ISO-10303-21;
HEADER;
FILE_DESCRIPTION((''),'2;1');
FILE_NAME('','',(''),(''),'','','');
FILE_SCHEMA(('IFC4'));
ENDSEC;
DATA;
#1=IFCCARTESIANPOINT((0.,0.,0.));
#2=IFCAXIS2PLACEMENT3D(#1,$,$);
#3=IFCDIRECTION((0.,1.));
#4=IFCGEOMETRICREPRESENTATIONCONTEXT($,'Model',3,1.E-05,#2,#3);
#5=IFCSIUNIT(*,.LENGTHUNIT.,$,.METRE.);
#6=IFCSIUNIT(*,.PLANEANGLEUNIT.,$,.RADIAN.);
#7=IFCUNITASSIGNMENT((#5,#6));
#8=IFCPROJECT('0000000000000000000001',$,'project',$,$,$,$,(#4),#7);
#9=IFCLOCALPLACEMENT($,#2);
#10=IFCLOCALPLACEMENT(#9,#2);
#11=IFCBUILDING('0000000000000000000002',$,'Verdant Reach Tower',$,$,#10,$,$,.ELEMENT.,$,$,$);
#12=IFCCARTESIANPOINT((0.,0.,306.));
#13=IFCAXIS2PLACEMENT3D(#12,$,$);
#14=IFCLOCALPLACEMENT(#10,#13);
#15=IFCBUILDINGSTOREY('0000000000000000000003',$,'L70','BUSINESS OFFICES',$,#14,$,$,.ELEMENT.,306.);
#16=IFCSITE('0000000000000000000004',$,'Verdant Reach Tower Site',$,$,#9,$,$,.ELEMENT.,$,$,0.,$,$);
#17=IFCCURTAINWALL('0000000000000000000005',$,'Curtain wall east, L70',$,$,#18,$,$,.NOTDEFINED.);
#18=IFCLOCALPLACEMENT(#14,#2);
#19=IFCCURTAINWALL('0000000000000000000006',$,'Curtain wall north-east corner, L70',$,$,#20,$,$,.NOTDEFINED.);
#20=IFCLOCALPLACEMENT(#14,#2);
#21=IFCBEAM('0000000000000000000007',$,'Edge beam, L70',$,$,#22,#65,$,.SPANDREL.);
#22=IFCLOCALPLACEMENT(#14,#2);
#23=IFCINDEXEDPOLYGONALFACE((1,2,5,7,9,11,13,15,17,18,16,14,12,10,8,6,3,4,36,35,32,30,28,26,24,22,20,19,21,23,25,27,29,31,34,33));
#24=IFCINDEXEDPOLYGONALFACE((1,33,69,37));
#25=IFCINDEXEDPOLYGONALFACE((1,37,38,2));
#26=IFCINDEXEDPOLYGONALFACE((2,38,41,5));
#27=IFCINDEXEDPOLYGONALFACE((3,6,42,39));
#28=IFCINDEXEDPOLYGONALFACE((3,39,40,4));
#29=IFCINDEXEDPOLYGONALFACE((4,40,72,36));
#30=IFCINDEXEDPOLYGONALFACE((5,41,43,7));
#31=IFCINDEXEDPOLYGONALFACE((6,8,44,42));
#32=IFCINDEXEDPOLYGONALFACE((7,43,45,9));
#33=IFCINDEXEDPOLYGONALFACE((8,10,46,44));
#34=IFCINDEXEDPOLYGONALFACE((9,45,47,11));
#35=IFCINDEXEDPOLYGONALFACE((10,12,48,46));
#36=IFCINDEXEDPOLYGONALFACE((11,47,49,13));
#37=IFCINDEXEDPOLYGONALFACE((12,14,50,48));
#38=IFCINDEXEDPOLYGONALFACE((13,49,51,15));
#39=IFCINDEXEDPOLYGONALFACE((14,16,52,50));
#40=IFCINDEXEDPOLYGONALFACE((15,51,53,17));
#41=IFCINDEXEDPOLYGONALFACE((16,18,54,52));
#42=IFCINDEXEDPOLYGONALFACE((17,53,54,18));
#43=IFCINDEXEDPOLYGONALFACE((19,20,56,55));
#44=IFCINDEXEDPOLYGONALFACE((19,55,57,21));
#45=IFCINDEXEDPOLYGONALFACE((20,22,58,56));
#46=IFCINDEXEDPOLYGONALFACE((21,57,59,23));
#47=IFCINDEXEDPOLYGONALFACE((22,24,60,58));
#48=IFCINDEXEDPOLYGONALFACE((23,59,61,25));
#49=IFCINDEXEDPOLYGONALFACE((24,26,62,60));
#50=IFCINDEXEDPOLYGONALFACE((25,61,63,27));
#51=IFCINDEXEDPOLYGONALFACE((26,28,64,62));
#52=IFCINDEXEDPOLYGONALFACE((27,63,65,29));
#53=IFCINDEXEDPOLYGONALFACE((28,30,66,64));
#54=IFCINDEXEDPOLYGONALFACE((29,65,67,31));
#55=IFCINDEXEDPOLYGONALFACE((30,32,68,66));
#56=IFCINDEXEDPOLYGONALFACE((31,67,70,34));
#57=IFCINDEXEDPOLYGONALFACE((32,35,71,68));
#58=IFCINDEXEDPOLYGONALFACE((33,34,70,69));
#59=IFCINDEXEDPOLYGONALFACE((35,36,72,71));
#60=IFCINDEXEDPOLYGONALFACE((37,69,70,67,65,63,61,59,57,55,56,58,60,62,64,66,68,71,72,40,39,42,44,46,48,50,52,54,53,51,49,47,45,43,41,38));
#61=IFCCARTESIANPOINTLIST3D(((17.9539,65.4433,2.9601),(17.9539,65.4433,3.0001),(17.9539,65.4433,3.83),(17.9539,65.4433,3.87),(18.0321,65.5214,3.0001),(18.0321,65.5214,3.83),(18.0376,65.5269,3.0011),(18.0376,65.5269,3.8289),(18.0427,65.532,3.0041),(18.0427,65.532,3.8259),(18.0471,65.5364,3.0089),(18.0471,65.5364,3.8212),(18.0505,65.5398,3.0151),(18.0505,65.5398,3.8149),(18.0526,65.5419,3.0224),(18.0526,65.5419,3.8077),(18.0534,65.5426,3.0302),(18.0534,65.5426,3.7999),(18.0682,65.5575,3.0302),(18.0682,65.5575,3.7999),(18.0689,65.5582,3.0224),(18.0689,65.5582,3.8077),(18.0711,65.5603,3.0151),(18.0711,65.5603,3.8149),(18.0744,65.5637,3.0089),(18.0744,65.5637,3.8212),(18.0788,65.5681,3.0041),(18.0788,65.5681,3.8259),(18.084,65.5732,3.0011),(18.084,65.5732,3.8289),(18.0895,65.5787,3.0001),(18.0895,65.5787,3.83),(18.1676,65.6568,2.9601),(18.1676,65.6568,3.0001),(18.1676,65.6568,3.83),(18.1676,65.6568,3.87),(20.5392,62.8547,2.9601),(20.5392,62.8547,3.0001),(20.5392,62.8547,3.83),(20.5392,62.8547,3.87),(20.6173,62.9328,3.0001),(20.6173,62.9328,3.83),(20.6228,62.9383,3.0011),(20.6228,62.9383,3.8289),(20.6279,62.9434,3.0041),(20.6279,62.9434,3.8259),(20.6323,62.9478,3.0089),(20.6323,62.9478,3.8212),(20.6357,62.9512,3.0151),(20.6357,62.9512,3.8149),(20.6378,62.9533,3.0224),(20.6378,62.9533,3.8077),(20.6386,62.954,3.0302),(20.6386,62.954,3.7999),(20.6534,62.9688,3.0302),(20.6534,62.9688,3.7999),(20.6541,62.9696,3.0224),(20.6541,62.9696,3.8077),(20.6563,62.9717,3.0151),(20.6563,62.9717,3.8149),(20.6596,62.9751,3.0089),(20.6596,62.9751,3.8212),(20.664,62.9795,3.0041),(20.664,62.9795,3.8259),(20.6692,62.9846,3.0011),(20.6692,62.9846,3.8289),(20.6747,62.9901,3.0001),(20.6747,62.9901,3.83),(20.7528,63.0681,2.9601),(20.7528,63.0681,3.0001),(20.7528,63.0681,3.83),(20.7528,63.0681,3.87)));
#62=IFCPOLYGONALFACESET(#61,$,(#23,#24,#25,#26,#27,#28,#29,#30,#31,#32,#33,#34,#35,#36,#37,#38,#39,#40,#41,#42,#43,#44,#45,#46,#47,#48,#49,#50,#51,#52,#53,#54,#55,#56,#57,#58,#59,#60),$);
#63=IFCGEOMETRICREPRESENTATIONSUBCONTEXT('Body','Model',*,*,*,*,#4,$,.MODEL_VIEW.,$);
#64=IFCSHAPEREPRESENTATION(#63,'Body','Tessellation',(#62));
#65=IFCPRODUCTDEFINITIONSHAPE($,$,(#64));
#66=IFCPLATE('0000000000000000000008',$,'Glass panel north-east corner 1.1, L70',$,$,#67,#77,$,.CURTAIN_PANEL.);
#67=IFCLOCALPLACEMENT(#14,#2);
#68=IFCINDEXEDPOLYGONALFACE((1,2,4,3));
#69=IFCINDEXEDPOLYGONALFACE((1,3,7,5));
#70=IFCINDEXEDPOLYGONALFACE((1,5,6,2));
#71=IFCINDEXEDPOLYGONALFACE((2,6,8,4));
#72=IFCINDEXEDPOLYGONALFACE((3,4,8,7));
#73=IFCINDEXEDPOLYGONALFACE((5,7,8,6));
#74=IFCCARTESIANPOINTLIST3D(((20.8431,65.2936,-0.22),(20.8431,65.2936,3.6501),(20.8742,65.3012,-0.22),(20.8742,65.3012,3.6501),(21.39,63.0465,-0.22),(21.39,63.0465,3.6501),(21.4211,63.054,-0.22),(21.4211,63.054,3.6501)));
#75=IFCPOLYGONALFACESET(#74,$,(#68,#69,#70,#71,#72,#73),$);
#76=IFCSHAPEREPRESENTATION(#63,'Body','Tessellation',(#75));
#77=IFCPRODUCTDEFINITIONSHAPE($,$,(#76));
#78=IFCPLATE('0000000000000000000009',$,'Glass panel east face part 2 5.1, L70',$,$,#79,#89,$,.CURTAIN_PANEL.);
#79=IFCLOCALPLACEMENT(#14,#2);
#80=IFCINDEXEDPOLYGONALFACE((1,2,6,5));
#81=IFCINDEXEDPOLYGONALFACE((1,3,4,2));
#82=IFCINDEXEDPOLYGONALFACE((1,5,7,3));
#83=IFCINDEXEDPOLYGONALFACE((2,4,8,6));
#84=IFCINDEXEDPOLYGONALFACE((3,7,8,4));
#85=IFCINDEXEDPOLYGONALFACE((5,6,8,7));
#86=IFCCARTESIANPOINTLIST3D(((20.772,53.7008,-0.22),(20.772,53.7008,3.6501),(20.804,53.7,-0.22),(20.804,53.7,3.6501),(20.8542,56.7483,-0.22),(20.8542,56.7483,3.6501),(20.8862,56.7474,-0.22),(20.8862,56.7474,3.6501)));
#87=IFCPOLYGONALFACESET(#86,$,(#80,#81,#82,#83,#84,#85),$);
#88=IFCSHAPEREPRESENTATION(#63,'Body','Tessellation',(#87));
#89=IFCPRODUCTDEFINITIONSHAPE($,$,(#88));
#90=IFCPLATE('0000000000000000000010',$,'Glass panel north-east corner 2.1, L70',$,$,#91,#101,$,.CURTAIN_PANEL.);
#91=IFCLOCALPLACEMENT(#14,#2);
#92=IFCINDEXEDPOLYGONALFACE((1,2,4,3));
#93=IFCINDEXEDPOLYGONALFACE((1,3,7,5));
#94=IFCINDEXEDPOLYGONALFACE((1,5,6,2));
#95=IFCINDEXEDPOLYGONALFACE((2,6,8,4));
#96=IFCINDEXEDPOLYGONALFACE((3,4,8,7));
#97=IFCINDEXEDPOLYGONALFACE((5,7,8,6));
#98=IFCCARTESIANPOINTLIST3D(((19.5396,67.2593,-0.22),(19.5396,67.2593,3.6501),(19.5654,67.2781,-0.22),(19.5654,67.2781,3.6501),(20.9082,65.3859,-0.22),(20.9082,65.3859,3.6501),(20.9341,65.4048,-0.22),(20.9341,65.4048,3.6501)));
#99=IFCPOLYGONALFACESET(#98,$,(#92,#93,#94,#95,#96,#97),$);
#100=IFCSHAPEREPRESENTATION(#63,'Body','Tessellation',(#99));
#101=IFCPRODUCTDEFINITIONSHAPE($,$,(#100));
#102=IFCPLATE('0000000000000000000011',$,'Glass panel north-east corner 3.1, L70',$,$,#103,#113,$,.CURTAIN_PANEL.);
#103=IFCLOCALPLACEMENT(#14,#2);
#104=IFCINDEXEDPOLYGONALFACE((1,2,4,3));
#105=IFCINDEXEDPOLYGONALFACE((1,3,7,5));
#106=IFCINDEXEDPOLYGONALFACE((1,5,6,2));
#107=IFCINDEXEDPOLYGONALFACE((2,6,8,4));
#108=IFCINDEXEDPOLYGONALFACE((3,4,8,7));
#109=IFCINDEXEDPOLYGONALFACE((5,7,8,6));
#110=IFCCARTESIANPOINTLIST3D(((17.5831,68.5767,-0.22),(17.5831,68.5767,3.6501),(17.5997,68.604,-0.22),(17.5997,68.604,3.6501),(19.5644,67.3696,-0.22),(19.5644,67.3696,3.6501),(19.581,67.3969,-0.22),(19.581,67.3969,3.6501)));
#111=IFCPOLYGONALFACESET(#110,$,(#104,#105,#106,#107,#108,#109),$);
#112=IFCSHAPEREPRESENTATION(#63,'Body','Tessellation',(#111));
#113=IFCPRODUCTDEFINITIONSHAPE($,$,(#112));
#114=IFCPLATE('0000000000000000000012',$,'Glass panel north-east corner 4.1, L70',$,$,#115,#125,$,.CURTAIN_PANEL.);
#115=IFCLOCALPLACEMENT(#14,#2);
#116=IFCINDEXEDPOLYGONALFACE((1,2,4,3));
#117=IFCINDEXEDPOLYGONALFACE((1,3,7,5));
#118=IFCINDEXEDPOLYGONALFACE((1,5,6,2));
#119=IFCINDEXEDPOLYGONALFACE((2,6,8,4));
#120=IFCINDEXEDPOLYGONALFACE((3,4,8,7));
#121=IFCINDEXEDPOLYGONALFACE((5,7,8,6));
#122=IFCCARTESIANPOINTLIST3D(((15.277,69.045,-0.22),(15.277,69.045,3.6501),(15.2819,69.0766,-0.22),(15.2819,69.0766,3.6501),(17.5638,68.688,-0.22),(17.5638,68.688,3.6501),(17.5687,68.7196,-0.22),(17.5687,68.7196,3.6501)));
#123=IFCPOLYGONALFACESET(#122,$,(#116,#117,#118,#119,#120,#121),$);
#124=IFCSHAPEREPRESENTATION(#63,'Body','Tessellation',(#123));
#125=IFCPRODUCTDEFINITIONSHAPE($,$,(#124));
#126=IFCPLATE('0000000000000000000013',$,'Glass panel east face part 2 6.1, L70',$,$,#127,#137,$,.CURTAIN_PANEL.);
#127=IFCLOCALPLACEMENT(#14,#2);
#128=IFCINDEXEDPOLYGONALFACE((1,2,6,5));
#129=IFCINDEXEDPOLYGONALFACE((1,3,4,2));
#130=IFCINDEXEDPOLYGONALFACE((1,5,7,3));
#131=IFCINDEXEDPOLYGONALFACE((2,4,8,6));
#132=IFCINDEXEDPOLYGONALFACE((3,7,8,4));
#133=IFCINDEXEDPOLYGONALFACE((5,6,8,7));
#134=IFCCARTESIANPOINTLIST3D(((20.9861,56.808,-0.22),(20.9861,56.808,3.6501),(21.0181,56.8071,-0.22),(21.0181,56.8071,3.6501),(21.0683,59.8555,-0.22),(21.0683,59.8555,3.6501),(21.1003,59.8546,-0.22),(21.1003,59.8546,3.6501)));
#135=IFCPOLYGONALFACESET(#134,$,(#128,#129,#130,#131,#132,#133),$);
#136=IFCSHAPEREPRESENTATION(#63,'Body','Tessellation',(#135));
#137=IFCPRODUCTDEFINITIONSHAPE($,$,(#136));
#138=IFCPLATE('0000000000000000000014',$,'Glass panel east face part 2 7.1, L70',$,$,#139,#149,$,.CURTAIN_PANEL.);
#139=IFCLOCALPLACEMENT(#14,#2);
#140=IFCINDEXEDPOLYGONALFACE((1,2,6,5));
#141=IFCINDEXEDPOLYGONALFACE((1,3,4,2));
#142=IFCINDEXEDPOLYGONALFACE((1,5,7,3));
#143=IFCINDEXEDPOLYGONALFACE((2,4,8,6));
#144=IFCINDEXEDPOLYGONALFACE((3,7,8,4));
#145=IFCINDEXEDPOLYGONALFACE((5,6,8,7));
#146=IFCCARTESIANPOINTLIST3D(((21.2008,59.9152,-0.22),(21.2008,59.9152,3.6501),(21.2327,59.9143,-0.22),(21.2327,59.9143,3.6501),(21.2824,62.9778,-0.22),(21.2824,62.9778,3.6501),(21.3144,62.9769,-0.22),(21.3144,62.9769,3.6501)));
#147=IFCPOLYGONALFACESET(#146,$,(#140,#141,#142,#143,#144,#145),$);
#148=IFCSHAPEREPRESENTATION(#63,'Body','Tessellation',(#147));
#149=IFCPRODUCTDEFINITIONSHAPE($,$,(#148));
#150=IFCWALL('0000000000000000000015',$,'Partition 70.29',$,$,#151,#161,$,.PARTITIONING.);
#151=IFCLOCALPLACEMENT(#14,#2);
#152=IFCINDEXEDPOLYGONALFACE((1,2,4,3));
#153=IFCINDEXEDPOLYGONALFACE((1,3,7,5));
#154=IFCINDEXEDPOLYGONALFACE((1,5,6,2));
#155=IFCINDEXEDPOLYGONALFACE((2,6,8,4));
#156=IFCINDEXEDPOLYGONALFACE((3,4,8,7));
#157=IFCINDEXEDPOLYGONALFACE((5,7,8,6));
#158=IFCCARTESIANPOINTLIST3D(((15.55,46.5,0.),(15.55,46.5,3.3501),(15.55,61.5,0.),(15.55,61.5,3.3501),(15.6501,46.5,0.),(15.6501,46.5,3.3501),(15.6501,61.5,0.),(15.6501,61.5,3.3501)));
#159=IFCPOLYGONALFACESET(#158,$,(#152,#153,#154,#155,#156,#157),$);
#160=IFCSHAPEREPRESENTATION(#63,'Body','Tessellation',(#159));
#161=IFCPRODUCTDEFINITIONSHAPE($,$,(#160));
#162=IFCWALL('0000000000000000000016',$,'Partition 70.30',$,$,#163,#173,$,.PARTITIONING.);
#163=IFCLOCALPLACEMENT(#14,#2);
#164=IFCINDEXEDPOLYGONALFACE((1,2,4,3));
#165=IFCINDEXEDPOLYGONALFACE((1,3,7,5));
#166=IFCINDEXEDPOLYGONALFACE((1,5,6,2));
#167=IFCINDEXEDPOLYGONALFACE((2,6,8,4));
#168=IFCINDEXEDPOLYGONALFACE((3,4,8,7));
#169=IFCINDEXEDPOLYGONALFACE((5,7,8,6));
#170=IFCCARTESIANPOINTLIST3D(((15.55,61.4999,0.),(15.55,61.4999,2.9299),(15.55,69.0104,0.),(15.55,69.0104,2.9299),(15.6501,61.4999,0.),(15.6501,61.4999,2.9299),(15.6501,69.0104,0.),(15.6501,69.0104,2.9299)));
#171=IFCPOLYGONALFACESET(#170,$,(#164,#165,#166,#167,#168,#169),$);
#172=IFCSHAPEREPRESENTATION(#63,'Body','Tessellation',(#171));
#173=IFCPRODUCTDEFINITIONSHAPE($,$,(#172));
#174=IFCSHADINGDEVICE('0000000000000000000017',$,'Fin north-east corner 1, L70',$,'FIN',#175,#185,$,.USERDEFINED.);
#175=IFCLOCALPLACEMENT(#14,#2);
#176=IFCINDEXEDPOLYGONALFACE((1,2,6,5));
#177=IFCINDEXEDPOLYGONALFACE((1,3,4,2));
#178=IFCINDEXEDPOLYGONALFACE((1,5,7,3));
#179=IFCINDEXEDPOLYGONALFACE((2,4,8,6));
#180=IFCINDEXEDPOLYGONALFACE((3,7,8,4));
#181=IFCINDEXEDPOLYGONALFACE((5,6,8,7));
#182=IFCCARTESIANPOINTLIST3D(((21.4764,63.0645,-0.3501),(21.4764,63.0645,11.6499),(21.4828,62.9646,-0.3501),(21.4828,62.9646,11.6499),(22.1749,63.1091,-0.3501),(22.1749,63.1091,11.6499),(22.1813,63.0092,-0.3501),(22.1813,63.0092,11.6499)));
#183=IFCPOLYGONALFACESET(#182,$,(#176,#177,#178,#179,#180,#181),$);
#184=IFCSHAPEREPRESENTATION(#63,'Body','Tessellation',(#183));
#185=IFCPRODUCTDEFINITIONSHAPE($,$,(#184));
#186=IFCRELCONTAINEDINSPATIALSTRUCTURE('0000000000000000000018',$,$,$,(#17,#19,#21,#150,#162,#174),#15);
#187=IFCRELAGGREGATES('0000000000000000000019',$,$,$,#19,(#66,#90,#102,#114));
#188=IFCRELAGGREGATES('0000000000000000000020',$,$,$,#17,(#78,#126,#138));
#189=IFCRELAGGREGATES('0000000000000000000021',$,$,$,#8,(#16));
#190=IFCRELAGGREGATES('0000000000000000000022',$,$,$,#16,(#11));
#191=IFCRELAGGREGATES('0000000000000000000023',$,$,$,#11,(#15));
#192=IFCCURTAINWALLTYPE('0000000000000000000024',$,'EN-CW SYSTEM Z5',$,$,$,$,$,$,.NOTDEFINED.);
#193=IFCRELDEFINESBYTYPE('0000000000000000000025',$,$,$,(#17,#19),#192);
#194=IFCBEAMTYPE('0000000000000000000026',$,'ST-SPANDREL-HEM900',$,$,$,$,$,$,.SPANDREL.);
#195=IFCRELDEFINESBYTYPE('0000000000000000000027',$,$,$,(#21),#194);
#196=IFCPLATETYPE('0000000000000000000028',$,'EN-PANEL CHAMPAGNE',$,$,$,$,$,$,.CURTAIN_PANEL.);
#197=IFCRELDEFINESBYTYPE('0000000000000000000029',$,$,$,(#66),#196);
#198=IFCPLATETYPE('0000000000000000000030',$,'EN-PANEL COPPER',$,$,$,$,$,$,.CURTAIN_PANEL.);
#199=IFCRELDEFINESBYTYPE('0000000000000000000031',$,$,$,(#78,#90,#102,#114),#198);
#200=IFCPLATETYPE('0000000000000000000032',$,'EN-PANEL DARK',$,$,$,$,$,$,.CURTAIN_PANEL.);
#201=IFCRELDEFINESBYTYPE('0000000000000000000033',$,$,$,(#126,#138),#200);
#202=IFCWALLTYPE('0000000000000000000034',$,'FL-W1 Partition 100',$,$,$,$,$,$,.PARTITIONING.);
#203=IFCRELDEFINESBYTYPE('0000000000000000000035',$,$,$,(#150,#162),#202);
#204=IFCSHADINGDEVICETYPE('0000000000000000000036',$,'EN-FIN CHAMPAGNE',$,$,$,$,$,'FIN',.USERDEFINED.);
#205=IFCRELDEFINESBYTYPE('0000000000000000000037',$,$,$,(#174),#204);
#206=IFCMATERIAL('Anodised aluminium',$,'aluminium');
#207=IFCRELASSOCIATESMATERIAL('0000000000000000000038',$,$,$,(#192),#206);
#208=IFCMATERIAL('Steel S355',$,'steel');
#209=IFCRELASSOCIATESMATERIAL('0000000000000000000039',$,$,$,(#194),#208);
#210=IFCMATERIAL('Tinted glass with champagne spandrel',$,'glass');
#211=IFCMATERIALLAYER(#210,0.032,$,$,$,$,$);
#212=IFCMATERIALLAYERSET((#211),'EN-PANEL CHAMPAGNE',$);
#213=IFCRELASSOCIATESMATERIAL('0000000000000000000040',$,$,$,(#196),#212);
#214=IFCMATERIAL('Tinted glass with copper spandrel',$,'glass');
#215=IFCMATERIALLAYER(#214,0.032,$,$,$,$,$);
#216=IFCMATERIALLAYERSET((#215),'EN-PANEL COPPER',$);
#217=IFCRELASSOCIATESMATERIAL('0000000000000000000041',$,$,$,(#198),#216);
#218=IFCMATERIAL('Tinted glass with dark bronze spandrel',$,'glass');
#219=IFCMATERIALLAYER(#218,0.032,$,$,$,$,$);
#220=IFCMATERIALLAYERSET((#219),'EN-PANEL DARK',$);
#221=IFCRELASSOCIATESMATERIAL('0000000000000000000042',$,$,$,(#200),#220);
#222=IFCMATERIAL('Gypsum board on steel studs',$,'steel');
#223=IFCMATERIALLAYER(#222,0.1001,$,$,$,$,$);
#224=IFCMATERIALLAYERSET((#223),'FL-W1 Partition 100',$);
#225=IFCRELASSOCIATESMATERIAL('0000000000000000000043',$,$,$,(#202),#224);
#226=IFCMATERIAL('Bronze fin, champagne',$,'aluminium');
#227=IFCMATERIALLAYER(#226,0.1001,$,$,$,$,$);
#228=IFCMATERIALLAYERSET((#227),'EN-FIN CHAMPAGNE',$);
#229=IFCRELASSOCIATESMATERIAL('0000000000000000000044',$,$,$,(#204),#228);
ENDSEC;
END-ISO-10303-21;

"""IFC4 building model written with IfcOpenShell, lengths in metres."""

from ifc_helpers import new_model, si_unit, direction, frame, frame_2d, origin, origin_2d, place, context, subcontext, project, spatial, rectangle, i_section, extrude, material, layer, layer_set, material_profile, profile_set, type_object, element, aggregate, save


model = new_model("IFC4")

# Units and contexts
model_context = context("Model", 3, precision=1e-05, world=origin(), true_north=direction((0.0, 1.0)))
body_context = subcontext(model_context, "Body", "Model", "MODEL_VIEW")
ifc_project = project(units=[si_unit("LENGTHUNIT", "METRE"), si_unit("PLANEANGLEUNIT", "RADIAN")], contexts=[model_context])

# Site, building, storey
site_placement = place(None, origin())
site = spatial("IfcSite", under=ifc_project, at=site_placement, Name="Verdant Reach Tower Site", CompositionType="ELEMENT", RefElevation=0.0)
building_placement = place(site_placement, origin())
building = spatial("IfcBuilding", under=site, at=building_placement, Name="Verdant Reach Tower", CompositionType="ELEMENT")
storey_placement = place(building_placement, frame((0.0, 0.0, 306.0)))
storey = spatial("IfcBuildingStorey", under=building, at=storey_placement, Name="L70", Description="BUSINESS OFFICES", CompositionType="ELEMENT", Elevation=306.0)

# Curtain walls
ifc_material_1 = material(Name="Anodised aluminium", Category="aluminium")
curtain_wall_type = type_object("IfcCurtainWallType", Name="EN-CW SYSTEM Z5", PredefinedType="NOTDEFINED", material=ifc_material_1)
curtain_wall_1_placement = place(storey_placement, origin())
curtain_wall_1 = element("IfcCurtainWall", 1, at=curtain_wall_1_placement, inside=storey, type_object=curtain_wall_type, Name="Curtain wall east, L70", PredefinedType="NOTDEFINED")
curtain_wall_2_placement = place(storey_placement, origin())
curtain_wall_2 = element("IfcCurtainWall", 2, at=curtain_wall_2_placement, inside=storey, type_object=curtain_wall_type, Name="Curtain wall north-east corner, L70", PredefinedType="NOTDEFINED")

# Beam
ifc_material_2 = material(Name="Steel S355", Category="steel")
ifc_material_profile_1 = material_profile(ifc_material_2, i_section(OverallWidth=0.302, OverallDepth=0.9099, WebThickness=0.021, FlangeThickness=0.04, FilletRadius=0.03, at=origin_2d()), Name="HEM 900")
ifc_profile_set_1 = profile_set([ifc_material_profile_1], Name="Steel S355")
beam_type_1 = type_object("IfcBeamType", Name="ST-SPANDREL-HEM900", PredefinedType="SPANDREL", material=ifc_profile_set_1)
beam_1_placement = place(storey_placement, frame((18.0608, 65.55, 3.415), z_axis=(0.706639, -0.707574, 0.0), x_axis=(0.707574, 0.706639, 0.0)))
element("IfcBeam", 3, at=beam_1_placement, inside=storey, type_object=beam_type_1, Name="Edge beam, L70", PredefinedType="SPANDREL", context=body_context, shape_type="SweptSolid", body=[
    extrude(i_section(OverallWidth=0.302, OverallDepth=0.9099, WebThickness=0.021, FlangeThickness=0.04, FilletRadius=0.03, at=origin_2d()), origin(), (0.0, 0.0, 1.0), 3.6584),
])

# Plates
ifc_material_3 = material(Name="Tinted glass with champagne spandrel", Category="glass")
ifc_layer_1 = layer(ifc_material_3, 0.032)
ifc_layer_set_1 = layer_set([ifc_layer_1], Name="EN-PANEL CHAMPAGNE")
plate_type_1 = type_object("IfcPlateType", Name="EN-PANEL CHAMPAGNE", PredefinedType="CURTAIN_PANEL", material=ifc_layer_set_1)
plate_1_placement = place(storey_placement, frame((21.1321, 64.1738, -0.22), z_axis=(0.0, 0.0, 1.0), x_axis=(-0.236471, 0.971638, 0.0)))
plate_1 = element("IfcPlate", 4, at=plate_1_placement, type_object=plate_type_1, Name="Glass panel north-east corner 1.1, L70", PredefinedType="CURTAIN_PANEL", context=body_context, shape_type="SweptSolid", body=[
    extrude(rectangle(XDim=2.3127, YDim=0.032, at=origin_2d()), origin(), (0.0, 0.0, 1.0), 3.8701),
])
ifc_material_4 = material(Name="Tinted glass with copper spandrel", Category="glass")
ifc_layer_2 = layer(ifc_material_4, 0.032)
ifc_layer_set_2 = layer_set([ifc_layer_2], Name="EN-PANEL COPPER")
plate_type_2 = type_object("IfcPlateType", Name="EN-PANEL COPPER", PredefinedType="CURTAIN_PANEL", material=ifc_layer_set_2)
plate_2_placement = place(storey_placement, frame((20.8291, 55.2241, -0.22), z_axis=(0.0, 0.0, 1.0), x_axis=(0.026965, 0.999636, 0.0)))
plate_2 = element("IfcPlate", 5, at=plate_2_placement, type_object=plate_type_2, Name="Glass panel east face part 2 5.1, L70", PredefinedType="CURTAIN_PANEL", context=body_context, shape_type="SweptSolid", body=[
    extrude(rectangle(XDim=3.0486, YDim=0.032, at=origin_2d()), origin(), (0.0, 0.0, 1.0), 3.8701),
])
plate_3_placement = place(storey_placement, frame((20.2368, 66.332, -0.22), z_axis=(0.0, 0.0, 1.0), x_axis=(-0.589927, 0.807457, 0.0)))
plate_3 = element("IfcPlate", 6, at=plate_3_placement, type_object=plate_type_2, Name="Glass panel north-east corner 2.1, L70", PredefinedType="CURTAIN_PANEL", context=body_context, shape_type="SweptSolid", body=[
    extrude(rectangle(XDim=2.3201, YDim=0.032, at=origin_2d()), origin(), (0.0, 0.0, 1.0), 3.8701),
])
plate_4_placement = place(storey_placement, frame((18.582, 67.9868, -0.22), z_axis=(0.0, 0.0, 1.0), x_axis=(-0.853989, 0.520292, 0.0)))
plate_4 = element("IfcPlate", 7, at=plate_4_placement, type_object=plate_type_2, Name="Glass panel north-east corner 3.1, L70", PredefinedType="CURTAIN_PANEL", context=body_context, shape_type="SweptSolid", body=[
    extrude(rectangle(XDim=2.3201, YDim=0.032, at=origin_2d()), origin(), (0.0, 0.0, 1.0), 3.8701),
])
plate_5_placement = place(storey_placement, frame((16.4229, 68.8823, -0.22), z_axis=(0.0, 0.0, 1.0), x_axis=(-0.988033, 0.15424, 0.0)))
plate_5 = element("IfcPlate", 8, at=plate_5_placement, type_object=plate_type_2, Name="Glass panel north-east corner 4.1, L70", PredefinedType="CURTAIN_PANEL", context=body_context, shape_type="SweptSolid", body=[
    extrude(rectangle(XDim=2.3145, YDim=0.032, at=origin_2d()), origin(), (0.0, 0.0, 1.0), 3.8701),
])
aggregate(curtain_wall_2, [plate_1, plate_3, plate_4, plate_5])
ifc_material_5 = material(Name="Tinted glass with dark bronze spandrel", Category="glass")
ifc_layer_3 = layer(ifc_material_5, 0.032)
ifc_layer_set_3 = layer_set([ifc_layer_3], Name="EN-PANEL DARK")
plate_type_3 = type_object("IfcPlateType", Name="EN-PANEL DARK", PredefinedType="CURTAIN_PANEL", material=ifc_layer_set_3)
plate_6_placement = place(storey_placement, frame((21.0432, 58.3313, -0.22), z_axis=(0.0, 0.0, 1.0), x_axis=(0.026965, 0.999636, 0.0)))
plate_6 = element("IfcPlate", 9, at=plate_6_placement, type_object=plate_type_3, Name="Glass panel east face part 2 6.1, L70", PredefinedType="CURTAIN_PANEL", context=body_context, shape_type="SweptSolid", body=[
    extrude(rectangle(XDim=3.0486, YDim=0.032, at=origin_2d()), origin(), (0.0, 0.0, 1.0), 3.8701),
])
plate_7_placement = place(storey_placement, frame((21.2576, 61.446, -0.22), z_axis=(0.0, 0.0, 1.0), x_axis=(0.026643, 0.999645, 0.0)))
plate_7 = element("IfcPlate", 10, at=plate_7_placement, type_object=plate_type_3, Name="Glass panel east face part 2 7.1, L70", PredefinedType="CURTAIN_PANEL", context=body_context, shape_type="SweptSolid", body=[
    extrude(rectangle(XDim=3.0637, YDim=0.032, at=origin_2d()), origin(), (0.0, 0.0, 1.0), 3.8701),
])
aggregate(curtain_wall_1, [plate_2, plate_6, plate_7])

# Walls
ifc_material_6 = material(Name="Gypsum board on steel studs", Category="steel")
ifc_layer_4 = layer(ifc_material_6, 0.1001)
ifc_layer_set_4 = layer_set([ifc_layer_4], Name="FL-W1 Partition 100")
wall_type = type_object("IfcWallType", Name="FL-W1 Partition 100", PredefinedType="PARTITIONING", material=ifc_layer_set_4)
wall_1_placement = place(storey_placement, frame((15.6001, 61.5, 0.0), z_axis=(0.0, 0.0, 1.0), x_axis=(0.0, -1.0, 0.0)))
element("IfcWall", 11, at=wall_1_placement, inside=storey, type_object=wall_type, Name="Partition 70.29", PredefinedType="PARTITIONING", context=body_context, shape_type="SweptSolid", body=[
    extrude(rectangle(XDim=15.0, YDim=0.1001, at=frame_2d((7.5, 0.0))), origin(), (0.0, 0.0, 1.0), 3.3501),
])
wall_2_placement = place(storey_placement, frame((15.6001, 69.0105, 0.0), z_axis=(0.0, 0.0, 1.0), x_axis=(0.0, -1.0, 0.0)))
element("IfcWall", 12, at=wall_2_placement, inside=storey, type_object=wall_type, Name="Partition 70.30", PredefinedType="PARTITIONING", context=body_context, shape_type="SweptSolid", body=[
    extrude(rectangle(XDim=7.5105, YDim=0.1001, at=frame_2d((3.7554, 0.0))), origin(), (0.0, 0.0, 1.0), 2.9299),
])

# Shading device
ifc_material_7 = material(Name="Bronze fin, champagne", Category="aluminium")
ifc_layer_5 = layer(ifc_material_7, 0.1001)
ifc_layer_set_5 = layer_set([ifc_layer_5], Name="EN-FIN CHAMPAGNE")
shading_device_type_1 = type_object("IfcShadingDeviceType", Name="EN-FIN CHAMPAGNE", ElementType="FIN", PredefinedType="USERDEFINED", material=ifc_layer_set_5)
shading_device_1_placement = place(storey_placement, frame((21.8289, 63.0369, -0.3501), z_axis=(0.0, 0.0, 1.0), x_axis=(-0.063699, 0.997969, 0.0)))
element("IfcShadingDevice", 13, at=shading_device_1_placement, inside=storey, type_object=shading_device_type_1, Name="Fin north-east corner 1, L70", ObjectType="FIN", PredefinedType="USERDEFINED", context=body_context, shape_type="SweptSolid", body=[
    extrude(rectangle(XDim=0.1001, YDim=0.7, at=origin_2d()), origin(), (0.0, 0.0, 1.0), 12.0),
])

save(model, "model.ifc")
